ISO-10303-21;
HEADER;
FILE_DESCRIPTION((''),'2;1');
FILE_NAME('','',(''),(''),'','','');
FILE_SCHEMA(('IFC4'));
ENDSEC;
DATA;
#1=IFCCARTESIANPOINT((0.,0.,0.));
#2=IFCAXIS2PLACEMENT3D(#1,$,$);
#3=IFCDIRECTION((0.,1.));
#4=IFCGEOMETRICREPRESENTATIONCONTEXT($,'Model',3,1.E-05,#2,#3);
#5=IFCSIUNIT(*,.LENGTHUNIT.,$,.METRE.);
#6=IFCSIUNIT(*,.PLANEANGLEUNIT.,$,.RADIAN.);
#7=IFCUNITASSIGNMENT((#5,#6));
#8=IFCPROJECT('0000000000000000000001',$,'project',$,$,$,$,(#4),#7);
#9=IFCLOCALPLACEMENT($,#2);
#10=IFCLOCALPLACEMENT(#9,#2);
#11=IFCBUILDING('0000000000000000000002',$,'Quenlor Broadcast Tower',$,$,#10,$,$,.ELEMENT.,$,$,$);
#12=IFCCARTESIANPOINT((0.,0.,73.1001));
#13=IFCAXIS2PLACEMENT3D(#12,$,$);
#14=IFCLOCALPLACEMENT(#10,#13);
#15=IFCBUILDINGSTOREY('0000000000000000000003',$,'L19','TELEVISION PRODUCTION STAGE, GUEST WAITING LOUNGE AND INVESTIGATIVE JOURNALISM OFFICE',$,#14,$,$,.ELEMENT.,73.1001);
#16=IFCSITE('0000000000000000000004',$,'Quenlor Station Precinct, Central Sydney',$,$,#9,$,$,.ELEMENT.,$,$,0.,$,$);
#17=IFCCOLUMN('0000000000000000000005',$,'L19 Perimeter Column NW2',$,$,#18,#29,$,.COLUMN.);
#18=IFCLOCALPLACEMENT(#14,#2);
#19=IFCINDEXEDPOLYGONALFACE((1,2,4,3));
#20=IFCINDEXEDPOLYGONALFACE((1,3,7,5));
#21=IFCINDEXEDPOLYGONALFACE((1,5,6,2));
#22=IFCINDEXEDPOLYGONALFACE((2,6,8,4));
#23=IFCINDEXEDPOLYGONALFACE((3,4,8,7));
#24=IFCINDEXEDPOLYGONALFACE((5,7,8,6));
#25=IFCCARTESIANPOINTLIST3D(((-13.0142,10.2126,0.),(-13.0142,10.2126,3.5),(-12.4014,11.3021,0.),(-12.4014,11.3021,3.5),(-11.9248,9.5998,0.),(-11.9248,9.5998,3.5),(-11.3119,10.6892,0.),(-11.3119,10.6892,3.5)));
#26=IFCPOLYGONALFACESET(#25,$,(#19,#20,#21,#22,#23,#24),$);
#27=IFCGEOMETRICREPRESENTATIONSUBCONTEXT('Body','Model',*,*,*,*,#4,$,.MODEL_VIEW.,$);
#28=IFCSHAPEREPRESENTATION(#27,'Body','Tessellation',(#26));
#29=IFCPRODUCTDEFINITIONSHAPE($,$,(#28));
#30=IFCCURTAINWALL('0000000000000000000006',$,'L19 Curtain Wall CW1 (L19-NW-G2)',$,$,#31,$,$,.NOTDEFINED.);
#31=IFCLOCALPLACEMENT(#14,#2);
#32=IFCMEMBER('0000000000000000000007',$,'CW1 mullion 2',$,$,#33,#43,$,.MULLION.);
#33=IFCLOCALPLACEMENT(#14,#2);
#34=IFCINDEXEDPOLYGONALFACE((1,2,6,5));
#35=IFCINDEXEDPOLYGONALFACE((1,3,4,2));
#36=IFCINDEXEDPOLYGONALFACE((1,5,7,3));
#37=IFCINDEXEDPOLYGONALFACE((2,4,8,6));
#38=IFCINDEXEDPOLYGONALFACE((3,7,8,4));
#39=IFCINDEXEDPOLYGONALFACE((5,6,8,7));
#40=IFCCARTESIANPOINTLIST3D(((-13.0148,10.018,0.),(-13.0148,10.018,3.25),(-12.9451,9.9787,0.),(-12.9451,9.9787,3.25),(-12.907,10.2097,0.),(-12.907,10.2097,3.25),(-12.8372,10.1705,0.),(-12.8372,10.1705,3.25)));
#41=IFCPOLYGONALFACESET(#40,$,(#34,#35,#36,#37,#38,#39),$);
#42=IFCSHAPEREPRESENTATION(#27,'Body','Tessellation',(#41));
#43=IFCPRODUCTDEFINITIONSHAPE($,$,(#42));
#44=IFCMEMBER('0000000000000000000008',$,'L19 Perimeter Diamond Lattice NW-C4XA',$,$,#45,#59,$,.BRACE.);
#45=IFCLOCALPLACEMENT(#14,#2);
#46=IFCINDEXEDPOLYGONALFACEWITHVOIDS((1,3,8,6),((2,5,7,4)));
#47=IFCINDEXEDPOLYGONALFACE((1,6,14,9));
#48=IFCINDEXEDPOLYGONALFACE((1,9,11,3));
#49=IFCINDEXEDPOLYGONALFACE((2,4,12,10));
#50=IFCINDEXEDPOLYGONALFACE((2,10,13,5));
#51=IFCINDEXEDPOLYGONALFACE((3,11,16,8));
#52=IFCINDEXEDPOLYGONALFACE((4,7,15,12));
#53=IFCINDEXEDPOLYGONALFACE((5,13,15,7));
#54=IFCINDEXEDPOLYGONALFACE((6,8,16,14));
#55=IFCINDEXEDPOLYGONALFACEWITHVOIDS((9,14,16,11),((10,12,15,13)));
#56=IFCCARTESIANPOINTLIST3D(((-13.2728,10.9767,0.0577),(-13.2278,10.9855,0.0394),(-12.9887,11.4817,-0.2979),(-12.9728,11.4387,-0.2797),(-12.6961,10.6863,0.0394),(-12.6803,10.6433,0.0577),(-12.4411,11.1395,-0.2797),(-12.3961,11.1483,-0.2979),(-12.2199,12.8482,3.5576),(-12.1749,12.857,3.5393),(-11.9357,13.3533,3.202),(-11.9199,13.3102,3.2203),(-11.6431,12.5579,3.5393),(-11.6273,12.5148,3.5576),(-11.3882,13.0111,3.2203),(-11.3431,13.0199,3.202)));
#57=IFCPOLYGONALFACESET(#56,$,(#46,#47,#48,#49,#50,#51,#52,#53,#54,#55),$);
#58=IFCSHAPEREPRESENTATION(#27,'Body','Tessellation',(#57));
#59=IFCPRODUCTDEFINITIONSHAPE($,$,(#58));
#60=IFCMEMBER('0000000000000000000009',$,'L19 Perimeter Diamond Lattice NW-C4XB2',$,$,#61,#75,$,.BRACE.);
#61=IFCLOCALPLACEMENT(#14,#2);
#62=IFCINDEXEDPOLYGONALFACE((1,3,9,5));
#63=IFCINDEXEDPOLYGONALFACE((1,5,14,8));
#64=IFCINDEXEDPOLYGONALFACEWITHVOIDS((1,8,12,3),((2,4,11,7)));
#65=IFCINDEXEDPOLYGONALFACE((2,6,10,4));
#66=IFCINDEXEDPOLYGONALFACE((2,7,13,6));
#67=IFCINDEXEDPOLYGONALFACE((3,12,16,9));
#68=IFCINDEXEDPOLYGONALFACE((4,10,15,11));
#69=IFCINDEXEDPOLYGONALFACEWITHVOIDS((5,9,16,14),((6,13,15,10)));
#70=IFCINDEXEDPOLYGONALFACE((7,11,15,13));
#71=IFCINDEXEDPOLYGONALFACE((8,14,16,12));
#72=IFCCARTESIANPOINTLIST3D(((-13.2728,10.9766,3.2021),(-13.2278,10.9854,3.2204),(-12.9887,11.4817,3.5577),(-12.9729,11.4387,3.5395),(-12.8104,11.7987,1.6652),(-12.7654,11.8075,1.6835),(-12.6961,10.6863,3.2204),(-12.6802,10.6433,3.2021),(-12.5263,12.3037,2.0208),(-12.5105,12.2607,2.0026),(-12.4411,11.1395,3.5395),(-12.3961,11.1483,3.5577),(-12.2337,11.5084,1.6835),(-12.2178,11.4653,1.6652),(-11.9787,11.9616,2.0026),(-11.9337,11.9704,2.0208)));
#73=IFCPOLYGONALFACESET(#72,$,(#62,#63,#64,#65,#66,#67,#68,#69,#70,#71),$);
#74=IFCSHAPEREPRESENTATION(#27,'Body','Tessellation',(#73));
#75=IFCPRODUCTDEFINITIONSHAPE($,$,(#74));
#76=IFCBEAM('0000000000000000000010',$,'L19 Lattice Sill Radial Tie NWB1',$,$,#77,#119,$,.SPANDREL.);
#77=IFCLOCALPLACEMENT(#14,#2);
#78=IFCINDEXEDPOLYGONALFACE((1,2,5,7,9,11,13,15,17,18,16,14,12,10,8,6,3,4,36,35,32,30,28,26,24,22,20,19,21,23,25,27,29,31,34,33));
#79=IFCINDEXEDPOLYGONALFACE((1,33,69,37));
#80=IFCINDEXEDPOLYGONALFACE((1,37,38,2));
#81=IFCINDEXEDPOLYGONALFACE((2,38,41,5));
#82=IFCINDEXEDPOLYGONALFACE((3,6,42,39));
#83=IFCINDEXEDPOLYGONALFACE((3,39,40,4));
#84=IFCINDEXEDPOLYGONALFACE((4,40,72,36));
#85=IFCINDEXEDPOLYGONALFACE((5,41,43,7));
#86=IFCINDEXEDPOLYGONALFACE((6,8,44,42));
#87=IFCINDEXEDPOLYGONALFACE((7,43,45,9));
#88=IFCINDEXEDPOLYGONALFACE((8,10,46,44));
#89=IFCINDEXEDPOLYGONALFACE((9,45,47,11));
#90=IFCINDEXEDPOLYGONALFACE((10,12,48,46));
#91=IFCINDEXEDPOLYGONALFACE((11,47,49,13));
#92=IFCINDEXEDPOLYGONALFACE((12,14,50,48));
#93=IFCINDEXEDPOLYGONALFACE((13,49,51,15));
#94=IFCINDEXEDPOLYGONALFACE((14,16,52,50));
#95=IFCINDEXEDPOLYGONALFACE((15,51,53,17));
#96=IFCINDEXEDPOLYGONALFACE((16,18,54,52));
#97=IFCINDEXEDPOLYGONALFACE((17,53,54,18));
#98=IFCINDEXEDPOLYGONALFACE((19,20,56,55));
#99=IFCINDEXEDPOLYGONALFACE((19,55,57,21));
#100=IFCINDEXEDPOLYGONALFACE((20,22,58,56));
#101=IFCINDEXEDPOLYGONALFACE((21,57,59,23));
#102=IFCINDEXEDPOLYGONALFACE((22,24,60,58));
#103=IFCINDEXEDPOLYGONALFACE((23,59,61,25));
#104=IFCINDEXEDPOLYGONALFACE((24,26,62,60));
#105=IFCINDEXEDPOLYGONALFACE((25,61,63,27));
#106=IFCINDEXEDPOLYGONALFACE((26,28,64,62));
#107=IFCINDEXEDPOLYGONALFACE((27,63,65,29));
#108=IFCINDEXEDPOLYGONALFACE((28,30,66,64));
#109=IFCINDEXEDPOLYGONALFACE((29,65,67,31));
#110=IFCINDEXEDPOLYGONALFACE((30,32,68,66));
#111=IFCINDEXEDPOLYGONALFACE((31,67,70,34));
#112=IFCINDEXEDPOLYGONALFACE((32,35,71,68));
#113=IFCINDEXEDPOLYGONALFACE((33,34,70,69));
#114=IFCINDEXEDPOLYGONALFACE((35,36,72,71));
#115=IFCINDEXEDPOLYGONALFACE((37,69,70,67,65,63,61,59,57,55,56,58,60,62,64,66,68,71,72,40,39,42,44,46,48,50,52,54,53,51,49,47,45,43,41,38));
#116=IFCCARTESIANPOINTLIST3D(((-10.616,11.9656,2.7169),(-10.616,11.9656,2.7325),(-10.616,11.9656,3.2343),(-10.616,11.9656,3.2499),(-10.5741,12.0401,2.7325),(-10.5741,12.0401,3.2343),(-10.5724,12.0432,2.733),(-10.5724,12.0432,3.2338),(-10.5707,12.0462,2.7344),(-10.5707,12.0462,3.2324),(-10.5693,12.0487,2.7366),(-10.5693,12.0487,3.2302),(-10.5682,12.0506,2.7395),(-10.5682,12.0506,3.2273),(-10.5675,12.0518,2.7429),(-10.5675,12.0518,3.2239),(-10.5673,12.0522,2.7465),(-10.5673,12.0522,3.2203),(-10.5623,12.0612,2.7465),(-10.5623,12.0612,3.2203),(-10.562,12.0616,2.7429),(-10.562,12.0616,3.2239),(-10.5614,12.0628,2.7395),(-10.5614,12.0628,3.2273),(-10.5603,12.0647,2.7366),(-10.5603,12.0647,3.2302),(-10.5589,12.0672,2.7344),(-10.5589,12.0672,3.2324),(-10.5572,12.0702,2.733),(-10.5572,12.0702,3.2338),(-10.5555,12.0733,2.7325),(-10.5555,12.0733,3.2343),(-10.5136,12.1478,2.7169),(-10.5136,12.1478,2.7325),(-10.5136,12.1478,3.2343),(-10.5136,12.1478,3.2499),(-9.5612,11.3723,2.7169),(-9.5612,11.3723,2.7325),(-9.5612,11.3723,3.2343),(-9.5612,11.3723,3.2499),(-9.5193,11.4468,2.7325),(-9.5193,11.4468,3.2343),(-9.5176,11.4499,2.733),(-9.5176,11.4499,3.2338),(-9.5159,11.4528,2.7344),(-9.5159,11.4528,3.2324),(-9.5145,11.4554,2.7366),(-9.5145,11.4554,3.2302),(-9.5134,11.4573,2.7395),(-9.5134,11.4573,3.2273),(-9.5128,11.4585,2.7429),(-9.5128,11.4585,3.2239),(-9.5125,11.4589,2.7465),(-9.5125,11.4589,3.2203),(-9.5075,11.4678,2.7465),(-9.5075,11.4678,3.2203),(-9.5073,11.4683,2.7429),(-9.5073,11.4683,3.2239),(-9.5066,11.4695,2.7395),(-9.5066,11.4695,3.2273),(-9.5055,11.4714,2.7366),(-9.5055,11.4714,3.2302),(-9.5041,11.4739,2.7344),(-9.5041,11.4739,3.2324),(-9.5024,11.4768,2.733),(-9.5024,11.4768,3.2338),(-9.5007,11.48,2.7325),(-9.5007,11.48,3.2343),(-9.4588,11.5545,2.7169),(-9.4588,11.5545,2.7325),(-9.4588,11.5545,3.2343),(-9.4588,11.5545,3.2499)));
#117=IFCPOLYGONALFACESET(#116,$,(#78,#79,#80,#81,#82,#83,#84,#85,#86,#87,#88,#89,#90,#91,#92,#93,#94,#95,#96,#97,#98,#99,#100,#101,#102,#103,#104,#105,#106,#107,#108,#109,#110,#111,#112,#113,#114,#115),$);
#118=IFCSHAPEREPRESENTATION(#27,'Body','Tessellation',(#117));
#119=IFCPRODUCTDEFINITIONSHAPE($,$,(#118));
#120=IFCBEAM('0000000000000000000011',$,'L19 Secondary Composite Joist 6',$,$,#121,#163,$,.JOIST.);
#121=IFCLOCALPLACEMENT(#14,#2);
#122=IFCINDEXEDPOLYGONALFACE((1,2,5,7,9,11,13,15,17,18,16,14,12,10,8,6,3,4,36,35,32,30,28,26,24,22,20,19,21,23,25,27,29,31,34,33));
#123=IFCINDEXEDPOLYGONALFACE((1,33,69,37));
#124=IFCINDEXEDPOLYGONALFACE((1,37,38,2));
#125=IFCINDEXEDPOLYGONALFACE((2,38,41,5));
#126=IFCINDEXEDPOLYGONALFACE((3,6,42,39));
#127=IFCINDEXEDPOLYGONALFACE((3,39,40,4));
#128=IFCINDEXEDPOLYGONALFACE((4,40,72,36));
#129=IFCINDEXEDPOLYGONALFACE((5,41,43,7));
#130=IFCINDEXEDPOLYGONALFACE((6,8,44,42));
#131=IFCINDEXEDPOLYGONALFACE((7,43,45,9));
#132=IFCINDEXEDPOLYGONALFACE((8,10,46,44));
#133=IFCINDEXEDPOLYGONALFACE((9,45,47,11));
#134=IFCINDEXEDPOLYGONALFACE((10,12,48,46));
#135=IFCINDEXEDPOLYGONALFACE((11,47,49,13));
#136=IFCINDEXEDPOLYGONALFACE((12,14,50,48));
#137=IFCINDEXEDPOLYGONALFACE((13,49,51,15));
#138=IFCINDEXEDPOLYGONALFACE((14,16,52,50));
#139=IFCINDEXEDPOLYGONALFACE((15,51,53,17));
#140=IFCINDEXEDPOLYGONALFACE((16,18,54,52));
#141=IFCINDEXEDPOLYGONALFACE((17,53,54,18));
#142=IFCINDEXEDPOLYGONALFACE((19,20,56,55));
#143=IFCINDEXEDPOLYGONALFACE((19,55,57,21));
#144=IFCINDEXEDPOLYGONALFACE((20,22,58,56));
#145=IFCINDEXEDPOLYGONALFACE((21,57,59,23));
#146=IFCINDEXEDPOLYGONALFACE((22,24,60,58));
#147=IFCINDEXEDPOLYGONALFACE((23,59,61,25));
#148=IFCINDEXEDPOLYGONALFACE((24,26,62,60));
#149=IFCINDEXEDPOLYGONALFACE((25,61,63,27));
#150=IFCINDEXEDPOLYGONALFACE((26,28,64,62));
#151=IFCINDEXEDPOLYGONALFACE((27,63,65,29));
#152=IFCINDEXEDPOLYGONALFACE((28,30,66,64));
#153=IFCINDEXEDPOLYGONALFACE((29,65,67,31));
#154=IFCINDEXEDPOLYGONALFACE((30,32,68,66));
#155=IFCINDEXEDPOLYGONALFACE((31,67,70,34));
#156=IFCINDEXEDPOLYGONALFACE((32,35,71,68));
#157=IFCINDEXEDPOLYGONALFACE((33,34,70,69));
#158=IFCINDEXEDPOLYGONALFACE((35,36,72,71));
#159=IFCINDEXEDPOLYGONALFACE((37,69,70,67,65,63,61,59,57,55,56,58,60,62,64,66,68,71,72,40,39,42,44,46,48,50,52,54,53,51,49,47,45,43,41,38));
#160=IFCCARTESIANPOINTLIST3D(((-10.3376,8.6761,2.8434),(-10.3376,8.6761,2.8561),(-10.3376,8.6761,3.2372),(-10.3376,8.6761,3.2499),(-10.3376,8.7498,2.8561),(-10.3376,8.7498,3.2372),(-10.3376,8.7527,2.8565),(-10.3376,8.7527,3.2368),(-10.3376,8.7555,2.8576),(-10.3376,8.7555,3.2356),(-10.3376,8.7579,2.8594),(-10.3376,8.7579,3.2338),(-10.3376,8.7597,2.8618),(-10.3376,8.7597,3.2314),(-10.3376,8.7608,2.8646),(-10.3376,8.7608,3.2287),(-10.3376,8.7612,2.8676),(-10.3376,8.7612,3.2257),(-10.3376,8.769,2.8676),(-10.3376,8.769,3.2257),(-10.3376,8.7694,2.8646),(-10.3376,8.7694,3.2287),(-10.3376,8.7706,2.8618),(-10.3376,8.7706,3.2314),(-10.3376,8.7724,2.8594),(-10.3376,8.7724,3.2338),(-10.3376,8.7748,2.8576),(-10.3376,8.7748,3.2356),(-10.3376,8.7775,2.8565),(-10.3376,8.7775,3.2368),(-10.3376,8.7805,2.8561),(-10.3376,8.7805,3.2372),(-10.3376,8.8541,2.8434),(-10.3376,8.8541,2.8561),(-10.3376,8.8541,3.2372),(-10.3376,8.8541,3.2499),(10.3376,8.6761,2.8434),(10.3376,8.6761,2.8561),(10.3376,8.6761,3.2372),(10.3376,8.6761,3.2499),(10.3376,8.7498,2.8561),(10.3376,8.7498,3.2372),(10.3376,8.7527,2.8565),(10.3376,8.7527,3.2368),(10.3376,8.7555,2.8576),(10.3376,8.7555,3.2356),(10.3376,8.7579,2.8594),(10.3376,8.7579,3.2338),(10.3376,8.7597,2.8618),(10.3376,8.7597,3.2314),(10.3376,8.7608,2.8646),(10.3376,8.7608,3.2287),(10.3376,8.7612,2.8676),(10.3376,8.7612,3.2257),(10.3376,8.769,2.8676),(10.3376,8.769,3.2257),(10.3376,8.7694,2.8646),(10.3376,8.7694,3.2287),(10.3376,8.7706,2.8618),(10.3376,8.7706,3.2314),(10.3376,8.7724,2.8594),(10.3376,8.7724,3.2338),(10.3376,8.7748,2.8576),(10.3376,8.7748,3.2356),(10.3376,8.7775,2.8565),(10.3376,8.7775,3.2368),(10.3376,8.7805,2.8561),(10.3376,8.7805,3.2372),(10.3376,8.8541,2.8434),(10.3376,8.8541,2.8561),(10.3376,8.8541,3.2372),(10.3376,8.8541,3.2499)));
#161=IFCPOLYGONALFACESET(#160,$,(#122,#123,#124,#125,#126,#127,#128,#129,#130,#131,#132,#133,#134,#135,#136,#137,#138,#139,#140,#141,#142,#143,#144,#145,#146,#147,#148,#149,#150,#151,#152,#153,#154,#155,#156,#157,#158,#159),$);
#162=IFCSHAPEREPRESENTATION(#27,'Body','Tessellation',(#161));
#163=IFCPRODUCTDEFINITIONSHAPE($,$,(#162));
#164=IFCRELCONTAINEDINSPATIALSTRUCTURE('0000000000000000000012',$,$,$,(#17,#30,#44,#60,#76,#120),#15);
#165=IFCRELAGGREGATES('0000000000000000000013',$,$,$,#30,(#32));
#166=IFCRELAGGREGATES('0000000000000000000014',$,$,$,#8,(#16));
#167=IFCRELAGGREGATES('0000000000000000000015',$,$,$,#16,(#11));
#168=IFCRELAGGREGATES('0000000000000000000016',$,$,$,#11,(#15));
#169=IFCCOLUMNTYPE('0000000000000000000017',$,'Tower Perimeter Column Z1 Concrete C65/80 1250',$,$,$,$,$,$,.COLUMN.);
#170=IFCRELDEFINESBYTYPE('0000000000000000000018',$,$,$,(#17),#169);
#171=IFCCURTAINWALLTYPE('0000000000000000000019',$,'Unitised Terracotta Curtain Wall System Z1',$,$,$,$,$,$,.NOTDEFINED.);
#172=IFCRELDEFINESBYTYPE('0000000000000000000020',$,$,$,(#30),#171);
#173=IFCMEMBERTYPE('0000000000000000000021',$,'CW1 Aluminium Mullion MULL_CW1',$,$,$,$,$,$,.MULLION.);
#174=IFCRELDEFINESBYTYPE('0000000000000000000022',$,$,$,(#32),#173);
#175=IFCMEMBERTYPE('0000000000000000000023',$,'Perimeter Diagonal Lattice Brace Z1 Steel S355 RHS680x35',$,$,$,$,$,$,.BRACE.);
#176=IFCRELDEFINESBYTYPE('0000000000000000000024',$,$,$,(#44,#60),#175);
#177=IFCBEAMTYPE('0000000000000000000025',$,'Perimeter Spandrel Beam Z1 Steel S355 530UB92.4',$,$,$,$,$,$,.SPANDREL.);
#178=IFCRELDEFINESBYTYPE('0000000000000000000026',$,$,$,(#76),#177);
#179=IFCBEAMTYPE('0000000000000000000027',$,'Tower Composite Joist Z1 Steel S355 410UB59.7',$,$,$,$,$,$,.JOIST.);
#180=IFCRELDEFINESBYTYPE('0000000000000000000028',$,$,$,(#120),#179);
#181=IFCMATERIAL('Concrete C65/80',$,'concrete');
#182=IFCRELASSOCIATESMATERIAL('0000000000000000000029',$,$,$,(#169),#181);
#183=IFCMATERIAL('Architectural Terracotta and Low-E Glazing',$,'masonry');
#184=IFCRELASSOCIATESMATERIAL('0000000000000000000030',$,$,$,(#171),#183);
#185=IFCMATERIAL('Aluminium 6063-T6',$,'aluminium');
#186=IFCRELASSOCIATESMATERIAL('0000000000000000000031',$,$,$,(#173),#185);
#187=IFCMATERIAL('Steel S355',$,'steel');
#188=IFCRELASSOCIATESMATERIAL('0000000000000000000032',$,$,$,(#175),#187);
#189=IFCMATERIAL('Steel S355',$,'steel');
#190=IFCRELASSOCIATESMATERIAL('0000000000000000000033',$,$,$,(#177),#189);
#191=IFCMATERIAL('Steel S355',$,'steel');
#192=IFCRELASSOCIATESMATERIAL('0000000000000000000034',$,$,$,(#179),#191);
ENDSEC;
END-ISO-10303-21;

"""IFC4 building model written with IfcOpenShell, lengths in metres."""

from ifc_helpers import new_model, si_unit, direction, frame, origin, origin_2d, place, context, subcontext, project, spatial, rectangle, hollow_rectangle, i_section, extrude, material, material_profile, profile_set, type_object, element, aggregate, save


model = new_model("IFC4")

# Units and contexts
model_context = context("Model", 3, precision=1e-05, world=origin(), true_north=direction((0.0, 1.0)))
body_context = subcontext(model_context, "Body", "Model", "MODEL_VIEW")
ifc_project = project(units=[si_unit("LENGTHUNIT", "METRE"), si_unit("PLANEANGLEUNIT", "RADIAN")], contexts=[model_context])

# Site, building, storey
site_placement = place(None, origin())
site = spatial("IfcSite", under=ifc_project, at=site_placement, Name="Quenlor Station Precinct, Central Sydney", CompositionType="ELEMENT", RefElevation=0.0)
building_placement = place(site_placement, origin())
building = spatial("IfcBuilding", under=site, at=building_placement, Name="Quenlor Broadcast Tower", CompositionType="ELEMENT")
storey_placement = place(building_placement, frame((0.0, 0.0, 73.1001)))
storey = spatial("IfcBuildingStorey", under=building, at=storey_placement, Name="L19", Description="TELEVISION PRODUCTION STAGE, GUEST WAITING LOUNGE AND INVESTIGATIVE JOURNALISM OFFICE", CompositionType="ELEMENT", Elevation=73.1001)

# Column
ifc_material_1 = material(Name="Concrete C65/80", Category="concrete")
ifc_material_profile_1 = material_profile(ifc_material_1, rectangle(XDim=1.25, YDim=1.25, at=origin_2d()))
ifc_profile_set_1 = profile_set([ifc_material_profile_1], Name="Concrete C65/80 RC1250x1250")
column_type = type_object("IfcColumnType", Name="Tower Perimeter Column Z1 Concrete C65/80 1250", PredefinedType="COLUMN", material=ifc_profile_set_1)
column_placement = place(storey_placement, frame((-12.1631, 10.4509, 0.0), z_axis=(0.0, 0.0, 1.0), x_axis=(-0.871575, 0.490262, 0.0)))
element("IfcColumn", 1, at=column_placement, inside=storey, type_object=column_type, Name="L19 Perimeter Column NW2", PredefinedType="COLUMN", context=body_context, shape_type="SweptSolid", body=[
    extrude(rectangle(XDim=1.25, YDim=1.25, at=origin_2d()), origin(), (0.0, 0.0, 1.0), 3.5),
])

# Curtain wall, member
ifc_material_2 = material(Name="Architectural Terracotta and Low-E Glazing", Category="masonry")
curtain_wall_type = type_object("IfcCurtainWallType", Name="Unitised Terracotta Curtain Wall System Z1", PredefinedType="NOTDEFINED", material=ifc_material_2)
curtain_wall_placement = place(storey_placement, origin())
curtain_wall = element("IfcCurtainWall", 2, at=curtain_wall_placement, inside=storey, type_object=curtain_wall_type, Name="L19 Curtain Wall CW1 (L19-NW-G2)", PredefinedType="NOTDEFINED")
ifc_material_3 = material(Name="Aluminium 6063-T6", Category="aluminium")
ifc_material_profile_2 = material_profile(ifc_material_3, rectangle(XDim=0.0801, YDim=0.22, at=origin_2d()))
ifc_profile_set_2 = profile_set([ifc_material_profile_2], Name="Aluminium 6063-T6 MULL80x220")
member_type_1 = type_object("IfcMemberType", Name="CW1 Aluminium Mullion MULL_CW1", PredefinedType="MULLION", material=ifc_profile_set_2)
member_1_placement = place(storey_placement, frame((-12.926, 10.0942, 0.0), z_axis=(0.0, 0.0, 1.0), x_axis=(-0.871568, 0.490274, 0.0)))
member_1 = element("IfcMember", 3, at=member_1_placement, type_object=member_type_1, Name="CW1 mullion 2", PredefinedType="MULLION", context=body_context, shape_type="SweptSolid", body=[
    extrude(rectangle(XDim=0.0801, YDim=0.22, at=origin_2d()), origin(), (0.0, 0.0, 1.0), 3.25),
])
aggregate(curtain_wall, [member_1])

# Members
ifc_material_4 = material(Name="Steel S355", Category="steel")
ifc_material_profile_3 = material_profile(ifc_material_4, hollow_rectangle(XDim=0.6799, YDim=0.6799, WallThickness=0.0349, at=origin_2d()))
ifc_profile_set_3 = profile_set([ifc_material_profile_3], Name="Steel S355 RHS680x680x35")
member_type_2 = type_object("IfcMemberType", Name="Perimeter Diagonal Lattice Brace Z1 Steel S355 RHS680x35", PredefinedType="BRACE", material=ifc_profile_set_3)
member_2_placement = place(storey_placement, frame((-12.8345, 11.0625, -0.1201), z_axis=(0.256431, 0.455785, 0.852352), x_axis=(-0.871533, 0.490337, 0.0)))
element("IfcMember", 4, at=member_2_placement, inside=storey, type_object=member_type_2, Name="L19 Perimeter Diamond Lattice NW-C4XA", PredefinedType="BRACE", context=body_context, shape_type="SweptSolid", body=[
    extrude(hollow_rectangle(XDim=0.6799, YDim=0.6799, WallThickness=0.0349, at=origin_2d()), origin(), (0.0, 0.0, 1.0), 4.1062),
])
member_3_placement = place(storey_placement, frame((-12.3721, 11.8845, 1.843), z_axis=(-0.256436, -0.455871, 0.852304), x_axis=(0.871569, -0.490274, 0.0)))
element("IfcMember", 5, at=member_3_placement, inside=storey, type_object=member_type_2, Name="L19 Perimeter Diamond Lattice NW-C4XB2", PredefinedType="BRACE", context=body_context, shape_type="SweptSolid", body=[
    extrude(hollow_rectangle(XDim=0.6799, YDim=0.6799, WallThickness=0.0349, at=origin_2d()), origin(), (0.0, 0.0, 1.0), 1.8032),
])

# Beams
ifc_material_5 = material(Name="Steel S355", Category="steel")
ifc_material_profile_4 = material_profile(ifc_material_5, i_section(OverallWidth=0.209, OverallDepth=0.533, WebThickness=0.0103, FlangeThickness=0.0156, FilletRadius=0.0139, at=origin_2d()))
ifc_profile_set_4 = profile_set([ifc_material_profile_4], Name="Steel S355 530UB92.4")
beam_type_1 = type_object("IfcBeamType", Name="Perimeter Spandrel Beam Z1 Steel S355 530UB92.4", PredefinedType="SPANDREL", material=ifc_profile_set_4)
beam_1_placement = place(storey_placement, frame((-9.51, 11.4634, 2.9834), z_axis=(-0.871576, 0.490261, 0.0), x_axis=(-0.490261, -0.871576, 0.0)))
element("IfcBeam", 6, at=beam_1_placement, inside=storey, type_object=beam_type_1, Name="L19 Lattice Sill Radial Tie NWB1", PredefinedType="SPANDREL", context=body_context, shape_type="SweptSolid", body=[
    extrude(i_section(OverallWidth=0.209, OverallDepth=0.533, WebThickness=0.0103, FlangeThickness=0.0156, FilletRadius=0.0139, at=origin_2d()), origin(), (0.0, 0.0, 1.0), 1.2102),
])
ifc_material_6 = material(Name="Steel S355", Category="steel")
ifc_material_profile_5 = material_profile(ifc_material_6, i_section(OverallWidth=0.178, OverallDepth=0.4065, WebThickness=0.0078, FlangeThickness=0.0127, FilletRadius=0.0115, at=origin_2d()))
ifc_profile_set_5 = profile_set([ifc_material_profile_5], Name="Steel S355 410UB59.7")
beam_type_2 = type_object("IfcBeamType", Name="Tower Composite Joist Z1 Steel S355 410UB59.7", PredefinedType="JOIST", material=ifc_profile_set_5)
beam_2_placement = place(storey_placement, frame((-10.3376, 8.7651, 3.0466), z_axis=(1.0, 0.0, 0.0), x_axis=(0.0, 1.0, 0.0)))
element("IfcBeam", 7, at=beam_2_placement, inside=storey, type_object=beam_type_2, Name="L19 Secondary Composite Joist 6", PredefinedType="JOIST", context=body_context, shape_type="SweptSolid", body=[
    extrude(i_section(OverallWidth=0.178, OverallDepth=0.4065, WebThickness=0.0078, FlangeThickness=0.0127, FilletRadius=0.0115, at=origin_2d()), origin(), (0.0, 0.0, 1.0), 20.6753),
])

save(model, "model.ifc")
